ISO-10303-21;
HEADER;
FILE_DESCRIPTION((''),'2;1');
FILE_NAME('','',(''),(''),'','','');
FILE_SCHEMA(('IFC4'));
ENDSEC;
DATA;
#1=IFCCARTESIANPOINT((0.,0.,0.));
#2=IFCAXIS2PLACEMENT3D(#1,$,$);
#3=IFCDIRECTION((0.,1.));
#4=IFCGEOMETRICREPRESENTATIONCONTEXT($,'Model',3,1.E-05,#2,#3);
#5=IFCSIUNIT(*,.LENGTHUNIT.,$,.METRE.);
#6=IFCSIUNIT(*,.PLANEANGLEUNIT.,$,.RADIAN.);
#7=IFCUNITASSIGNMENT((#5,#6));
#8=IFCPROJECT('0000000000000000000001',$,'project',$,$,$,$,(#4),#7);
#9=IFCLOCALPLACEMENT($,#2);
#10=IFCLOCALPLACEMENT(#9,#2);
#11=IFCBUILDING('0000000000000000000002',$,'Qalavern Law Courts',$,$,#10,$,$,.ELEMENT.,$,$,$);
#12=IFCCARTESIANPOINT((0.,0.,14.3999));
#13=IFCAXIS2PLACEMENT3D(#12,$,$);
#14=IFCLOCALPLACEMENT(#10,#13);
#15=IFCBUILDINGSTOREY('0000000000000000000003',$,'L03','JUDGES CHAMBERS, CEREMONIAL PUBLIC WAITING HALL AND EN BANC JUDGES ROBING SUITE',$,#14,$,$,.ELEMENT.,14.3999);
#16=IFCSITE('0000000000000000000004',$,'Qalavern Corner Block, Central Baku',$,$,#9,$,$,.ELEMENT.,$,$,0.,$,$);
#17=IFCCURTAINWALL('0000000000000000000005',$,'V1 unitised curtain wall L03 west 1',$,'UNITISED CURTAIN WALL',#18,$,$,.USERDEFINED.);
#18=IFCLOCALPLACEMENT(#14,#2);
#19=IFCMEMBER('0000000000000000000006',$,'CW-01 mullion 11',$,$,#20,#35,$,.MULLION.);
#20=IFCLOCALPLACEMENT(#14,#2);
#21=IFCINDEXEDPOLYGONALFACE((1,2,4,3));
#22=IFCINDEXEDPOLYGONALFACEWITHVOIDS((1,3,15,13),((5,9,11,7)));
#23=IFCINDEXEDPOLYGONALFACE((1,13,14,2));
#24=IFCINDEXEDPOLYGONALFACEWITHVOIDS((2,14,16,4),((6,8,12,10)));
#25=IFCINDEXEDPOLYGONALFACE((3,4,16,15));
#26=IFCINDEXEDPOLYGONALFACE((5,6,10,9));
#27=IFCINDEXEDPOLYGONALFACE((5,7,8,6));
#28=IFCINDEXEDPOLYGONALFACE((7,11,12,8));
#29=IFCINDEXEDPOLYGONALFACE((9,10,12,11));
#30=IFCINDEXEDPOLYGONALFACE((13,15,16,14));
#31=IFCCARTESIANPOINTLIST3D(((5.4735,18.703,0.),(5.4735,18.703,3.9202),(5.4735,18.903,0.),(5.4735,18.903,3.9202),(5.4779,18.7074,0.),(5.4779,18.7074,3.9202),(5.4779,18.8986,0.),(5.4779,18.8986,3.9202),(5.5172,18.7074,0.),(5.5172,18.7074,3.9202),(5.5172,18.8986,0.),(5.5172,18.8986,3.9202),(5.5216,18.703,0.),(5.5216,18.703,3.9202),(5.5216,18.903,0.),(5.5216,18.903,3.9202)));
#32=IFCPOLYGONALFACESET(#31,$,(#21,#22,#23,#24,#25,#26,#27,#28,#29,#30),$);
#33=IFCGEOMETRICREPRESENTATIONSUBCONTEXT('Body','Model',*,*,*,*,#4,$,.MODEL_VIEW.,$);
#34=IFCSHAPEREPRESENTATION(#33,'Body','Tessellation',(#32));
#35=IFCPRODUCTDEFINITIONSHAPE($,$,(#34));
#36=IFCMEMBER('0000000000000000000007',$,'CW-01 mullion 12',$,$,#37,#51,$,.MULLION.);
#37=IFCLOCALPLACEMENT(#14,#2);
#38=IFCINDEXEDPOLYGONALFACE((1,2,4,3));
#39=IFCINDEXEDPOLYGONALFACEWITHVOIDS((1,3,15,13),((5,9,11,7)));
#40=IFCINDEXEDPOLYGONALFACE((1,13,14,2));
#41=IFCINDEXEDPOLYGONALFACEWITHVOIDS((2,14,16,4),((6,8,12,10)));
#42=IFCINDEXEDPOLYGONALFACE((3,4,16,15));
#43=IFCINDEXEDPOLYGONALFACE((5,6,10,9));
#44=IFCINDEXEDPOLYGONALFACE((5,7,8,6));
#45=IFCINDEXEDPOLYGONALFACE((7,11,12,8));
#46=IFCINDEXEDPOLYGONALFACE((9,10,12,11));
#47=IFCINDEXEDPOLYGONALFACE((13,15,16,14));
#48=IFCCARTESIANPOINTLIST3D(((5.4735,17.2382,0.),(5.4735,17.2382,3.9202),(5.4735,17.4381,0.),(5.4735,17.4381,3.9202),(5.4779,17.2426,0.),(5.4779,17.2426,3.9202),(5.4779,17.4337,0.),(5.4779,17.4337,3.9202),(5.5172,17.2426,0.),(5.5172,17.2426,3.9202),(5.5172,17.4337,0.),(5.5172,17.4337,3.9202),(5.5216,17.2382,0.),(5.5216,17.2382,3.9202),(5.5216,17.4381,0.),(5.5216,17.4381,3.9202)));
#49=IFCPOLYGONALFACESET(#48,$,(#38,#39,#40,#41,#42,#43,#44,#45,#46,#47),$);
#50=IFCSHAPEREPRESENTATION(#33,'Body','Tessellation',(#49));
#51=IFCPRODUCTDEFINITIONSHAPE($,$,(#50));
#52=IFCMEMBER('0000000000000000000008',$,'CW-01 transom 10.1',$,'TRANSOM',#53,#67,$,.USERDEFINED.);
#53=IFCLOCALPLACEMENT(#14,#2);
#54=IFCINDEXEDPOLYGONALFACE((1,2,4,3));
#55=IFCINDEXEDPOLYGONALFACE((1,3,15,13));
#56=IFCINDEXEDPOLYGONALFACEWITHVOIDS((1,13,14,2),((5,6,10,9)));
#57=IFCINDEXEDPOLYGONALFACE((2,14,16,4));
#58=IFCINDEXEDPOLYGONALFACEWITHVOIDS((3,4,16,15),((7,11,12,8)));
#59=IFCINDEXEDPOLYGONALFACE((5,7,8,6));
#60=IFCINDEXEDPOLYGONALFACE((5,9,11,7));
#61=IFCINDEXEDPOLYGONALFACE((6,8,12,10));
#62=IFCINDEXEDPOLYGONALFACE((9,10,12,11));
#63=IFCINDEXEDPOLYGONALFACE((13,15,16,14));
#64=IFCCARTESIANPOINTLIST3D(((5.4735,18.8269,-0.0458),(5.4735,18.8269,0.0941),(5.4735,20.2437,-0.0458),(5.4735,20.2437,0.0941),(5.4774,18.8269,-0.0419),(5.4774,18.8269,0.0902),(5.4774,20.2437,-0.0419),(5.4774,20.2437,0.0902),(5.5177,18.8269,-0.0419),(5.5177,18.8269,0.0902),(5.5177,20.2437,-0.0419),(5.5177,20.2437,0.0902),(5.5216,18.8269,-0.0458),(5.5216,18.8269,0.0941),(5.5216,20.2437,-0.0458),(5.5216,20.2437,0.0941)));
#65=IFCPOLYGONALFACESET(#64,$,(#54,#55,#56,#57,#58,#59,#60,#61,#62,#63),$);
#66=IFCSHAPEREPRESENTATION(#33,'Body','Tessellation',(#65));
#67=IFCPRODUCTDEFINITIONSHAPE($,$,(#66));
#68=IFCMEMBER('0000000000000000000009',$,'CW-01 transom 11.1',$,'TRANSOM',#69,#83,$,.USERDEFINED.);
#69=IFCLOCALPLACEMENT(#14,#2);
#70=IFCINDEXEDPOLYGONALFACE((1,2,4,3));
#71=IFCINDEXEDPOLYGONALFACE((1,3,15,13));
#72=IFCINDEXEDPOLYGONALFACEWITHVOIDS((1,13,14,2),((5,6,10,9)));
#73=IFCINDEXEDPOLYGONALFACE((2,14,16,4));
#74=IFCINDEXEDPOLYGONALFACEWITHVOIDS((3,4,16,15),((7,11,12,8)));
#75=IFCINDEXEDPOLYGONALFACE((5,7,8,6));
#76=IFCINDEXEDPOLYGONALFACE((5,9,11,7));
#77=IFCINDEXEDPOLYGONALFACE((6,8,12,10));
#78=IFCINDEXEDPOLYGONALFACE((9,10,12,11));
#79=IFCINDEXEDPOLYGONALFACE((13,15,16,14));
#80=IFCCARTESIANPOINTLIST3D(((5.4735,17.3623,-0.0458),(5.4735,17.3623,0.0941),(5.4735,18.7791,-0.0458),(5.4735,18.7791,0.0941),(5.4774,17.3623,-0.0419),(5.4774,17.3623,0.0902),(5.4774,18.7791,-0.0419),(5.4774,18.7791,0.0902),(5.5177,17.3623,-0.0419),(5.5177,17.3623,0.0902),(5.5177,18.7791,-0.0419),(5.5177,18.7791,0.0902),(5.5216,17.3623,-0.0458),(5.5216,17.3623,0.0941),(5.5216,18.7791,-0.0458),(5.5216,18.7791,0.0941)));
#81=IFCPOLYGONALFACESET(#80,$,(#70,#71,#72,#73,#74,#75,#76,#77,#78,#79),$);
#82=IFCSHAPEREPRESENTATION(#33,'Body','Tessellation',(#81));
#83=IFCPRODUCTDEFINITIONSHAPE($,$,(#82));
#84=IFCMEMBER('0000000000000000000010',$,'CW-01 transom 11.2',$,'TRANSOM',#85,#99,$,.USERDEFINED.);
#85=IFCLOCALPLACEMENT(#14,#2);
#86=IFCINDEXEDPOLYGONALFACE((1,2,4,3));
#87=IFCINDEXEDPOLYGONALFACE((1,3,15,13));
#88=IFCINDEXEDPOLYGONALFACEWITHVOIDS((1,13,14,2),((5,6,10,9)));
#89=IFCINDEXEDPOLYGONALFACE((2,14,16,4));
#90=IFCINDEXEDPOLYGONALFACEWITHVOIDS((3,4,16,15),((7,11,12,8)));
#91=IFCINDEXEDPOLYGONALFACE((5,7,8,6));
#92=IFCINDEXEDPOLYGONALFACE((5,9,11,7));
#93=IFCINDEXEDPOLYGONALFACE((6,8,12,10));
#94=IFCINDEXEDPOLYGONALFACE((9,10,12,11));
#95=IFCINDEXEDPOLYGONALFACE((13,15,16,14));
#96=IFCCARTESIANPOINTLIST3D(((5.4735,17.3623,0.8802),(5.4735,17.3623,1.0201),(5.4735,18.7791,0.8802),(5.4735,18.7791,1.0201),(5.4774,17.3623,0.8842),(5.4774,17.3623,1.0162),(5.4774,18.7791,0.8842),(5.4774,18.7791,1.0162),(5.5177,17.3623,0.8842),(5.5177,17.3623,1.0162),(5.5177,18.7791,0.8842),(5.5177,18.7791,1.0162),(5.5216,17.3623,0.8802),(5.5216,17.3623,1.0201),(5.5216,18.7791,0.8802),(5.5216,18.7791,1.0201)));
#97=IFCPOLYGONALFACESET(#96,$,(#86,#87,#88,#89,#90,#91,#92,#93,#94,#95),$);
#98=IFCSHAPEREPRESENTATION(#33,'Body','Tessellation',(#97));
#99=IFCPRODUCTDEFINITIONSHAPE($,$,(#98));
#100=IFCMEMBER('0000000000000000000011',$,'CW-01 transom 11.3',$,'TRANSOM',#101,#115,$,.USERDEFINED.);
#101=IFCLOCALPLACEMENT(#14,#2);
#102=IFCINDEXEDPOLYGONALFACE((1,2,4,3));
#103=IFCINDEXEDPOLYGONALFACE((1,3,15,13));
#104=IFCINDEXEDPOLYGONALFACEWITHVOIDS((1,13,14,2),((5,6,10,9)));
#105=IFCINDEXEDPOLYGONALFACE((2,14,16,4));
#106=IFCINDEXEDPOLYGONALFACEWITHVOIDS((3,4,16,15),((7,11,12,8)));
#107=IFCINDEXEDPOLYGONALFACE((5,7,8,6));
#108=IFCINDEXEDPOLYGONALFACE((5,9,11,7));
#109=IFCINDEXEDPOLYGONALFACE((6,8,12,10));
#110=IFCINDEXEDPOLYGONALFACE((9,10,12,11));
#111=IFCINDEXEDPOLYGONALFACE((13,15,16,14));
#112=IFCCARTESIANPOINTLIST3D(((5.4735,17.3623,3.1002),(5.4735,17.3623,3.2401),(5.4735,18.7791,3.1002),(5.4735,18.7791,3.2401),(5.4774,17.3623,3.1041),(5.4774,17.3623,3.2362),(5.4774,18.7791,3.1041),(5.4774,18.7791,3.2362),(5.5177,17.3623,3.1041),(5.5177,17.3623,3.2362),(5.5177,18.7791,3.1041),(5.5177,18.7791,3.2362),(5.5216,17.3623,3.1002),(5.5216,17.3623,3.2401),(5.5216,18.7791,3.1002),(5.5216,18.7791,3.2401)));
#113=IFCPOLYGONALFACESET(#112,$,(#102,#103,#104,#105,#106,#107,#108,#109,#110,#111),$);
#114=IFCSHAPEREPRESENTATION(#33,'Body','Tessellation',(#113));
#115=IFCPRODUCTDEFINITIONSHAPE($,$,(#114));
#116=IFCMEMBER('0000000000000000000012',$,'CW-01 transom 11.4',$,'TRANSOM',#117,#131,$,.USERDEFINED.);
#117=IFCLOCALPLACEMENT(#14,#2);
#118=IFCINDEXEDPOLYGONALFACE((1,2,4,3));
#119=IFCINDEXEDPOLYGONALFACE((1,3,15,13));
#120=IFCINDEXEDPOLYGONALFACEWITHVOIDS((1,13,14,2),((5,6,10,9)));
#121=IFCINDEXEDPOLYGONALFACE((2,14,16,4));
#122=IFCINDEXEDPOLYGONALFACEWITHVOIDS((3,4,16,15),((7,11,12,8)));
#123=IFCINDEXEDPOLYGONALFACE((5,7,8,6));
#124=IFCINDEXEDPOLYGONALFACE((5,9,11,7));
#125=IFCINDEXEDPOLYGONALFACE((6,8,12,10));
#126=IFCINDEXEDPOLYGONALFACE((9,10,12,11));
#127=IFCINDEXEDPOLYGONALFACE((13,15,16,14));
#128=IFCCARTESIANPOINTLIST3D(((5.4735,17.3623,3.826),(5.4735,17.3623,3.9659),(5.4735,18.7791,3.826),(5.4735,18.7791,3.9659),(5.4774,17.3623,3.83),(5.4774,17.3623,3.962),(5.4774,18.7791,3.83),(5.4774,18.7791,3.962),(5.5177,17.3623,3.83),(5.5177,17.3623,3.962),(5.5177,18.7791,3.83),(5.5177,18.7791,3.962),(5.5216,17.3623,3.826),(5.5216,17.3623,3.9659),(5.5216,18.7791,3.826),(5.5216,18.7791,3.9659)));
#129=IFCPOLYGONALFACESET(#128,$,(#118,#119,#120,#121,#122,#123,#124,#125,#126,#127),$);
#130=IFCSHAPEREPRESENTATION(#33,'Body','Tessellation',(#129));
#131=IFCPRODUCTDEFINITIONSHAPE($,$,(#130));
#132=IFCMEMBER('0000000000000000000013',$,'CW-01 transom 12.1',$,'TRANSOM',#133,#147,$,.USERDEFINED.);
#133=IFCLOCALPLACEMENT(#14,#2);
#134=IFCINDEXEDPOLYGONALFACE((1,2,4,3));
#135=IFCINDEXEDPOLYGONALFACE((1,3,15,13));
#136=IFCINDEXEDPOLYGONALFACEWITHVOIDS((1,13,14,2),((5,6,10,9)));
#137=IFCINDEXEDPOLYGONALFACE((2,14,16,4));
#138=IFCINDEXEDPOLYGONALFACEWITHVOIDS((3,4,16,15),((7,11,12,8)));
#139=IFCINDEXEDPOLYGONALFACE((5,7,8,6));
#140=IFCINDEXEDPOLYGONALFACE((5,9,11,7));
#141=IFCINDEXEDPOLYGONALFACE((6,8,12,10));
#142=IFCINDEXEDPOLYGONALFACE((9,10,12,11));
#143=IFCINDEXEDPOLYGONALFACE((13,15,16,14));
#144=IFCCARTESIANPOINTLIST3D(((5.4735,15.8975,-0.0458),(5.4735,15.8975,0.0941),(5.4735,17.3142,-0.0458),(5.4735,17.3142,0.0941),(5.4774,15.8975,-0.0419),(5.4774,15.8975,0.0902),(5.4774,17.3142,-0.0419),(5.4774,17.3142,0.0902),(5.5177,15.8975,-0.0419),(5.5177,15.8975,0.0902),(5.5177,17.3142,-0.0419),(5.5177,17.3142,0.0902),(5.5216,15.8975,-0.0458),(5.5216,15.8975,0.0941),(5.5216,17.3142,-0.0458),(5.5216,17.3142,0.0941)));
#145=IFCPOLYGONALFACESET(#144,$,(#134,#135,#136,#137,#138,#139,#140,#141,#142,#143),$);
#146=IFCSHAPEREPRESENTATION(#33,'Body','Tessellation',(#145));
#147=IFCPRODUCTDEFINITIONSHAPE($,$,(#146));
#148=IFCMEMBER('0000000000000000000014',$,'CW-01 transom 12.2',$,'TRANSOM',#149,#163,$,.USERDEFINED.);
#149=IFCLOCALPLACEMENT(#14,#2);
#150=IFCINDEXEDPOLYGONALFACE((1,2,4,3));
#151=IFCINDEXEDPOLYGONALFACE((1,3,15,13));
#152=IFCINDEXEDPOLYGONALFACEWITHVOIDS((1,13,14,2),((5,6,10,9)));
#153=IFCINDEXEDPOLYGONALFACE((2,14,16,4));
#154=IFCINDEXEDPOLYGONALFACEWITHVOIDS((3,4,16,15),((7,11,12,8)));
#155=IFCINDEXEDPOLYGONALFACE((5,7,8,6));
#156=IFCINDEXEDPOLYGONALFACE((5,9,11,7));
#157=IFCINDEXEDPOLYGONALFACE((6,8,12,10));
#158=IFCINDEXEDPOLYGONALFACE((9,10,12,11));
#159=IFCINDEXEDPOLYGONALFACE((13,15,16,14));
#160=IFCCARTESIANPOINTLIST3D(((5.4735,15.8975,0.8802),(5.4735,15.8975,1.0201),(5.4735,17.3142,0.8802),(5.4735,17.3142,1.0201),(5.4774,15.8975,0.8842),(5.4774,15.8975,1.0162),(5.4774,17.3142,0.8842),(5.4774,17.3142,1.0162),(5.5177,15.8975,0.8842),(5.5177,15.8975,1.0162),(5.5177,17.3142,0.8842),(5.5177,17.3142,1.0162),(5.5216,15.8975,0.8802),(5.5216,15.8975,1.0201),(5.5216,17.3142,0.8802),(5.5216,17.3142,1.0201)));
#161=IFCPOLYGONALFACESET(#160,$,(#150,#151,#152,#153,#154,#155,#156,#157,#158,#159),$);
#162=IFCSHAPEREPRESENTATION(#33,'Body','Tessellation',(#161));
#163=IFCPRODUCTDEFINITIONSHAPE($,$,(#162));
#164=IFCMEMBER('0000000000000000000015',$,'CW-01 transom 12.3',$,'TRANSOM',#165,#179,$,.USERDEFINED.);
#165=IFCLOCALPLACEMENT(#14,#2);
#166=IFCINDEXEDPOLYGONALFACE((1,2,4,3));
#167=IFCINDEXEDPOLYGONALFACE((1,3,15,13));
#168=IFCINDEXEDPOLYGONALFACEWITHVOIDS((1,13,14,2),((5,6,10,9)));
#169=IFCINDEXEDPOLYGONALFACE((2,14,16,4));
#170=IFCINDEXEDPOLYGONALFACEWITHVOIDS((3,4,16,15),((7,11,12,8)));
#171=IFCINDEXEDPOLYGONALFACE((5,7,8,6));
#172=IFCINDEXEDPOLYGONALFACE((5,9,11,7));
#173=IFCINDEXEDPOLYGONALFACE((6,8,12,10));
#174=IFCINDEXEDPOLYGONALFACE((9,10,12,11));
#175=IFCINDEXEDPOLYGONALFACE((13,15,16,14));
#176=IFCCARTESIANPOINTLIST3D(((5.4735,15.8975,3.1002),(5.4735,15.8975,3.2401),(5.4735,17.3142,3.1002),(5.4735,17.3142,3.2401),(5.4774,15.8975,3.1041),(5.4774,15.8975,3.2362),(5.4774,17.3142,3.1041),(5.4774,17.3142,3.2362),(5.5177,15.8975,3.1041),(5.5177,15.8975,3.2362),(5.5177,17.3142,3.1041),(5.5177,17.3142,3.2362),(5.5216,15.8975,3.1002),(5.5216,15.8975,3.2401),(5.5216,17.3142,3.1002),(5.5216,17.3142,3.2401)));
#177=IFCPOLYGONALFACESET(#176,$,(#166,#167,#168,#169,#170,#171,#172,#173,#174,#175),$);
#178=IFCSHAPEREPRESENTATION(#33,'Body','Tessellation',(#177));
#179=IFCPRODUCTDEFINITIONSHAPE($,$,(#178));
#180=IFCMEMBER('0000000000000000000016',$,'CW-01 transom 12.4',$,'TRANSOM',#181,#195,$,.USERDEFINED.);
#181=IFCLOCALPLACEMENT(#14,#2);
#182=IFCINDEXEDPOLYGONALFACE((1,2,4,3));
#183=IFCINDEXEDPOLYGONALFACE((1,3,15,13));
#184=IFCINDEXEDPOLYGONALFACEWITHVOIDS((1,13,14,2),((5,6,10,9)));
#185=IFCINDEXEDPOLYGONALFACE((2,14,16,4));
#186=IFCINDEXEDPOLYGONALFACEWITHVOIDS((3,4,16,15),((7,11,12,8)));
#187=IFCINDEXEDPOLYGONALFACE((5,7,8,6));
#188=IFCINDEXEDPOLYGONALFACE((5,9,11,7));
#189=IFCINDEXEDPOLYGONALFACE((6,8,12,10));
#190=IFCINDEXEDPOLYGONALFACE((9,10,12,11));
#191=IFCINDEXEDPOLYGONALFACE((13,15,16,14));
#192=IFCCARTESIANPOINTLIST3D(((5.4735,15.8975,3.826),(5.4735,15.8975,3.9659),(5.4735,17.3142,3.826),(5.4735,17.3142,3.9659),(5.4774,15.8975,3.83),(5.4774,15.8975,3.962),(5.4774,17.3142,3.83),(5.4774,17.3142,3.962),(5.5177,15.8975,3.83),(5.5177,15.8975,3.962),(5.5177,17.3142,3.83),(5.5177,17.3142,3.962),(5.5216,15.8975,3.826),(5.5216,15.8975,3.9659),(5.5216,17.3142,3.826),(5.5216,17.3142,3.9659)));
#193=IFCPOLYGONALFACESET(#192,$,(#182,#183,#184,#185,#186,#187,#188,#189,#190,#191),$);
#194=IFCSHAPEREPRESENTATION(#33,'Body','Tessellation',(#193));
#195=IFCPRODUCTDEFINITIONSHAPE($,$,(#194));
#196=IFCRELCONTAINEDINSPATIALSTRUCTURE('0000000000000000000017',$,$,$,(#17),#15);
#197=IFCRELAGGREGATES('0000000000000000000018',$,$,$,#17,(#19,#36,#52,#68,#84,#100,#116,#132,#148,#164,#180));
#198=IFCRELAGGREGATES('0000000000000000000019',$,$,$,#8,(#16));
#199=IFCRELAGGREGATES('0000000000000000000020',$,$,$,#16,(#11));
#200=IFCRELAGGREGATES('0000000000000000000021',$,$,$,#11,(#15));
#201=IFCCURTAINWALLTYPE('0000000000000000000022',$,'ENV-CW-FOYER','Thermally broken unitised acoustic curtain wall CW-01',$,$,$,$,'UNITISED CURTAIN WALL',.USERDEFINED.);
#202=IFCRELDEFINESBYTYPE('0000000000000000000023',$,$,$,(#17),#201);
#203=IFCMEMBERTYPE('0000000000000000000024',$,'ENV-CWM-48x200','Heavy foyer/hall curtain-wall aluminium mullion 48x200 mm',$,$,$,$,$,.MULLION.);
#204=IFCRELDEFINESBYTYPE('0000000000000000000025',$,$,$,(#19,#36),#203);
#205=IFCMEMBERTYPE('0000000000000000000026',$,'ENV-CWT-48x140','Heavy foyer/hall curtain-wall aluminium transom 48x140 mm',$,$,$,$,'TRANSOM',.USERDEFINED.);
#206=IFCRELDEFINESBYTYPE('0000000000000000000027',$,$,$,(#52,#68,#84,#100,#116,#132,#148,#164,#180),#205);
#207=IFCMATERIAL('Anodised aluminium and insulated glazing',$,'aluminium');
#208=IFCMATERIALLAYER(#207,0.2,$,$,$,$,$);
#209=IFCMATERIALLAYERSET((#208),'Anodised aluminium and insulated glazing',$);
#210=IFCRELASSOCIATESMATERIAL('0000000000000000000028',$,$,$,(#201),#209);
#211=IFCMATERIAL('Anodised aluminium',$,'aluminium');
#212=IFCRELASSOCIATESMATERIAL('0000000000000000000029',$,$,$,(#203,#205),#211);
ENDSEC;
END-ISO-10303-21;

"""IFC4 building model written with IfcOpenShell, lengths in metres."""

from ifc_helpers import new_model, si_unit, direction, frame, origin, origin_2d, place, context, subcontext, project, spatial, hollow_rectangle, extrude, material, layer, layer_set, material_profile, profile_set, type_object, element, aggregate, save


model = new_model("IFC4")

# Units and contexts
model_context = context("Model", 3, precision=1e-05, world=origin(), true_north=direction((0.0, 1.0)))
body_context = subcontext(model_context, "Body", "Model", "MODEL_VIEW")
ifc_project = project(units=[si_unit("LENGTHUNIT", "METRE"), si_unit("PLANEANGLEUNIT", "RADIAN")], contexts=[model_context])

# Site, building, storey
site_placement = place(None, origin())
site = spatial("IfcSite", under=ifc_project, at=site_placement, Name="Qalavern Corner Block, Central Baku", CompositionType="ELEMENT", RefElevation=0.0)
building_placement = place(site_placement, origin())
building = spatial("IfcBuilding", under=site, at=building_placement, Name="Qalavern Law Courts", CompositionType="ELEMENT")
storey_placement = place(building_placement, frame((0.0, 0.0, 14.3999)))
storey = spatial("IfcBuildingStorey", under=building, at=storey_placement, Name="L03", Description="JUDGES CHAMBERS, CEREMONIAL PUBLIC WAITING HALL AND EN BANC JUDGES ROBING SUITE", CompositionType="ELEMENT", Elevation=14.3999)

# Curtain wall, members
ifc_material_1 = material(Name="Anodised aluminium and insulated glazing", Category="aluminium")
ifc_layer_1 = layer(ifc_material_1, 0.2)
ifc_layer_set_1 = layer_set([ifc_layer_1], Name="Anodised aluminium and insulated glazing")
curtain_wall_type = type_object("IfcCurtainWallType", Name="ENV-CW-FOYER", Description="Thermally broken unitised acoustic curtain wall CW-01", ElementType="UNITISED CURTAIN WALL", PredefinedType="USERDEFINED", material=ifc_layer_set_1)
curtain_wall_placement = place(storey_placement, origin())
curtain_wall = element("IfcCurtainWall", 1, at=curtain_wall_placement, inside=storey, type_object=curtain_wall_type, Name="V1 unitised curtain wall L03 west 1", ObjectType="UNITISED CURTAIN WALL", PredefinedType="USERDEFINED")
ifc_material_2 = material(Name="Anodised aluminium", Category="aluminium")
ifc_material_profile_1 = material_profile(ifc_material_2, hollow_rectangle(XDim=0.0481, YDim=0.2, WallThickness=0.0044, at=origin_2d()), Name="ALU MULLION 48x200")
ifc_profile_set_1 = profile_set([ifc_material_profile_1], Name="Anodised aluminium")
member_type_1 = type_object("IfcMemberType", Name="ENV-CWM-48x200", Description="Heavy foyer/hall curtain-wall aluminium mullion 48x200 mm", PredefinedType="MULLION", material=ifc_profile_set_1)
member_1_placement = place(storey_placement, frame((5.4976, 18.803, 0.0), z_axis=(0.0, 0.0, 1.0), x_axis=(1.0, 0.0, 0.0)))
member_1 = element("IfcMember", 2, at=member_1_placement, type_object=member_type_1, Name="CW-01 mullion 11", PredefinedType="MULLION", context=body_context, shape_type="SweptSolid", body=[
    extrude(hollow_rectangle(XDim=0.0481, YDim=0.2, WallThickness=0.0044, at=origin_2d()), origin(), (0.0, 0.0, 1.0), 3.9202),
])
member_2_placement = place(storey_placement, frame((5.4976, 17.3381, 0.0), z_axis=(0.0, 0.0, 1.0), x_axis=(1.0, 0.0, 0.0)))
member_2 = element("IfcMember", 3, at=member_2_placement, type_object=member_type_1, Name="CW-01 mullion 12", PredefinedType="MULLION", context=body_context, shape_type="SweptSolid", body=[
    extrude(hollow_rectangle(XDim=0.0481, YDim=0.2, WallThickness=0.0044, at=origin_2d()), origin(), (0.0, 0.0, 1.0), 3.9202),
])
ifc_material_profile_2 = material_profile(ifc_material_2, hollow_rectangle(XDim=0.0481, YDim=0.1399, WallThickness=0.0039, at=origin_2d()), Name="ALU TRANSOM 48x140")
ifc_profile_set_2 = profile_set([ifc_material_profile_2], Name="Anodised aluminium")
member_type_2 = type_object("IfcMemberType", Name="ENV-CWT-48x140", Description="Heavy foyer/hall curtain-wall aluminium transom 48x140 mm", ElementType="TRANSOM", PredefinedType="USERDEFINED", material=ifc_profile_set_2)
member_3_placement = place(storey_placement, frame((5.4976, 20.2437, 0.0242), z_axis=(0.0, -1.0, 0.0), x_axis=(1.0, 0.0, 0.0)))
member_3 = element("IfcMember", 4, at=member_3_placement, type_object=member_type_2, Name="CW-01 transom 10.1", ObjectType="TRANSOM", PredefinedType="USERDEFINED", context=body_context, shape_type="SweptSolid", body=[
    extrude(hollow_rectangle(XDim=0.0481, YDim=0.1399, WallThickness=0.0039, at=origin_2d()), origin(), (0.0, 0.0, 1.0), 1.4167),
])
member_4_placement = place(storey_placement, frame((5.4976, 18.7791, 0.0242), z_axis=(0.0, -1.0, 0.0), x_axis=(1.0, 0.0, 0.0)))
member_4 = element("IfcMember", 5, at=member_4_placement, type_object=member_type_2, Name="CW-01 transom 11.1", ObjectType="TRANSOM", PredefinedType="USERDEFINED", context=body_context, shape_type="SweptSolid", body=[
    extrude(hollow_rectangle(XDim=0.0481, YDim=0.1399, WallThickness=0.0039, at=origin_2d()), origin(), (0.0, 0.0, 1.0), 1.4167),
])
member_5_placement = place(storey_placement, frame((5.4976, 18.7791, 0.9502), z_axis=(0.0, -1.0, 0.0), x_axis=(1.0, 0.0, 0.0)))
member_5 = element("IfcMember", 6, at=member_5_placement, type_object=member_type_2, Name="CW-01 transom 11.2", ObjectType="TRANSOM", PredefinedType="USERDEFINED", context=body_context, shape_type="SweptSolid", body=[
    extrude(hollow_rectangle(XDim=0.0481, YDim=0.1399, WallThickness=0.0039, at=origin_2d()), origin(), (0.0, 0.0, 1.0), 1.4167),
])
member_6_placement = place(storey_placement, frame((5.4976, 18.7791, 3.1702), z_axis=(0.0, -1.0, 0.0), x_axis=(1.0, 0.0, 0.0)))
member_6 = element("IfcMember", 7, at=member_6_placement, type_object=member_type_2, Name="CW-01 transom 11.3", ObjectType="TRANSOM", PredefinedType="USERDEFINED", context=body_context, shape_type="SweptSolid", body=[
    extrude(hollow_rectangle(XDim=0.0481, YDim=0.1399, WallThickness=0.0039, at=origin_2d()), origin(), (0.0, 0.0, 1.0), 1.4167),
])
member_7_placement = place(storey_placement, frame((5.4976, 18.7791, 3.896), z_axis=(0.0, -1.0, 0.0), x_axis=(1.0, 0.0, 0.0)))
member_7 = element("IfcMember", 8, at=member_7_placement, type_object=member_type_2, Name="CW-01 transom 11.4", ObjectType="TRANSOM", PredefinedType="USERDEFINED", context=body_context, shape_type="SweptSolid", body=[
    extrude(hollow_rectangle(XDim=0.0481, YDim=0.1399, WallThickness=0.0039, at=origin_2d()), origin(), (0.0, 0.0, 1.0), 1.4167),
])
member_8_placement = place(storey_placement, frame((5.4976, 17.3142, 0.0242), z_axis=(0.0, -1.0, 0.0), x_axis=(1.0, 0.0, 0.0)))
member_8 = element("IfcMember", 9, at=member_8_placement, type_object=member_type_2, Name="CW-01 transom 12.1", ObjectType="TRANSOM", PredefinedType="USERDEFINED", context=body_context, shape_type="SweptSolid", body=[
    extrude(hollow_rectangle(XDim=0.0481, YDim=0.1399, WallThickness=0.0039, at=origin_2d()), origin(), (0.0, 0.0, 1.0), 1.4167),
])
member_9_placement = place(storey_placement, frame((5.4976, 17.3142, 0.9502), z_axis=(0.0, -1.0, 0.0), x_axis=(1.0, 0.0, 0.0)))
member_9 = element("IfcMember", 10, at=member_9_placement, type_object=member_type_2, Name="CW-01 transom 12.2", ObjectType="TRANSOM", PredefinedType="USERDEFINED", context=body_context, shape_type="SweptSolid", body=[
    extrude(hollow_rectangle(XDim=0.0481, YDim=0.1399, WallThickness=0.0039, at=origin_2d()), origin(), (0.0, 0.0, 1.0), 1.4167),
])
member_10_placement = place(storey_placement, frame((5.4976, 17.3142, 3.1702), z_axis=(0.0, -1.0, 0.0), x_axis=(1.0, 0.0, 0.0)))
member_10 = element("IfcMember", 11, at=member_10_placement, type_object=member_type_2, Name="CW-01 transom 12.3", ObjectType="TRANSOM", PredefinedType="USERDEFINED", context=body_context, shape_type="SweptSolid", body=[
    extrude(hollow_rectangle(XDim=0.0481, YDim=0.1399, WallThickness=0.0039, at=origin_2d()), origin(), (0.0, 0.0, 1.0), 1.4167),
])
member_11_placement = place(storey_placement, frame((5.4976, 17.3142, 3.896), z_axis=(0.0, -1.0, 0.0), x_axis=(1.0, 0.0, 0.0)))
member_11 = element("IfcMember", 12, at=member_11_placement, type_object=member_type_2, Name="CW-01 transom 12.4", ObjectType="TRANSOM", PredefinedType="USERDEFINED", context=body_context, shape_type="SweptSolid", body=[
    extrude(hollow_rectangle(XDim=0.0481, YDim=0.1399, WallThickness=0.0039, at=origin_2d()), origin(), (0.0, 0.0, 1.0), 1.4167),
])
aggregate(curtain_wall, [member_1, member_2, member_3, member_4, member_5, member_6, member_7, member_8, member_9, member_10, member_11])

save(model, "model.ifc")
